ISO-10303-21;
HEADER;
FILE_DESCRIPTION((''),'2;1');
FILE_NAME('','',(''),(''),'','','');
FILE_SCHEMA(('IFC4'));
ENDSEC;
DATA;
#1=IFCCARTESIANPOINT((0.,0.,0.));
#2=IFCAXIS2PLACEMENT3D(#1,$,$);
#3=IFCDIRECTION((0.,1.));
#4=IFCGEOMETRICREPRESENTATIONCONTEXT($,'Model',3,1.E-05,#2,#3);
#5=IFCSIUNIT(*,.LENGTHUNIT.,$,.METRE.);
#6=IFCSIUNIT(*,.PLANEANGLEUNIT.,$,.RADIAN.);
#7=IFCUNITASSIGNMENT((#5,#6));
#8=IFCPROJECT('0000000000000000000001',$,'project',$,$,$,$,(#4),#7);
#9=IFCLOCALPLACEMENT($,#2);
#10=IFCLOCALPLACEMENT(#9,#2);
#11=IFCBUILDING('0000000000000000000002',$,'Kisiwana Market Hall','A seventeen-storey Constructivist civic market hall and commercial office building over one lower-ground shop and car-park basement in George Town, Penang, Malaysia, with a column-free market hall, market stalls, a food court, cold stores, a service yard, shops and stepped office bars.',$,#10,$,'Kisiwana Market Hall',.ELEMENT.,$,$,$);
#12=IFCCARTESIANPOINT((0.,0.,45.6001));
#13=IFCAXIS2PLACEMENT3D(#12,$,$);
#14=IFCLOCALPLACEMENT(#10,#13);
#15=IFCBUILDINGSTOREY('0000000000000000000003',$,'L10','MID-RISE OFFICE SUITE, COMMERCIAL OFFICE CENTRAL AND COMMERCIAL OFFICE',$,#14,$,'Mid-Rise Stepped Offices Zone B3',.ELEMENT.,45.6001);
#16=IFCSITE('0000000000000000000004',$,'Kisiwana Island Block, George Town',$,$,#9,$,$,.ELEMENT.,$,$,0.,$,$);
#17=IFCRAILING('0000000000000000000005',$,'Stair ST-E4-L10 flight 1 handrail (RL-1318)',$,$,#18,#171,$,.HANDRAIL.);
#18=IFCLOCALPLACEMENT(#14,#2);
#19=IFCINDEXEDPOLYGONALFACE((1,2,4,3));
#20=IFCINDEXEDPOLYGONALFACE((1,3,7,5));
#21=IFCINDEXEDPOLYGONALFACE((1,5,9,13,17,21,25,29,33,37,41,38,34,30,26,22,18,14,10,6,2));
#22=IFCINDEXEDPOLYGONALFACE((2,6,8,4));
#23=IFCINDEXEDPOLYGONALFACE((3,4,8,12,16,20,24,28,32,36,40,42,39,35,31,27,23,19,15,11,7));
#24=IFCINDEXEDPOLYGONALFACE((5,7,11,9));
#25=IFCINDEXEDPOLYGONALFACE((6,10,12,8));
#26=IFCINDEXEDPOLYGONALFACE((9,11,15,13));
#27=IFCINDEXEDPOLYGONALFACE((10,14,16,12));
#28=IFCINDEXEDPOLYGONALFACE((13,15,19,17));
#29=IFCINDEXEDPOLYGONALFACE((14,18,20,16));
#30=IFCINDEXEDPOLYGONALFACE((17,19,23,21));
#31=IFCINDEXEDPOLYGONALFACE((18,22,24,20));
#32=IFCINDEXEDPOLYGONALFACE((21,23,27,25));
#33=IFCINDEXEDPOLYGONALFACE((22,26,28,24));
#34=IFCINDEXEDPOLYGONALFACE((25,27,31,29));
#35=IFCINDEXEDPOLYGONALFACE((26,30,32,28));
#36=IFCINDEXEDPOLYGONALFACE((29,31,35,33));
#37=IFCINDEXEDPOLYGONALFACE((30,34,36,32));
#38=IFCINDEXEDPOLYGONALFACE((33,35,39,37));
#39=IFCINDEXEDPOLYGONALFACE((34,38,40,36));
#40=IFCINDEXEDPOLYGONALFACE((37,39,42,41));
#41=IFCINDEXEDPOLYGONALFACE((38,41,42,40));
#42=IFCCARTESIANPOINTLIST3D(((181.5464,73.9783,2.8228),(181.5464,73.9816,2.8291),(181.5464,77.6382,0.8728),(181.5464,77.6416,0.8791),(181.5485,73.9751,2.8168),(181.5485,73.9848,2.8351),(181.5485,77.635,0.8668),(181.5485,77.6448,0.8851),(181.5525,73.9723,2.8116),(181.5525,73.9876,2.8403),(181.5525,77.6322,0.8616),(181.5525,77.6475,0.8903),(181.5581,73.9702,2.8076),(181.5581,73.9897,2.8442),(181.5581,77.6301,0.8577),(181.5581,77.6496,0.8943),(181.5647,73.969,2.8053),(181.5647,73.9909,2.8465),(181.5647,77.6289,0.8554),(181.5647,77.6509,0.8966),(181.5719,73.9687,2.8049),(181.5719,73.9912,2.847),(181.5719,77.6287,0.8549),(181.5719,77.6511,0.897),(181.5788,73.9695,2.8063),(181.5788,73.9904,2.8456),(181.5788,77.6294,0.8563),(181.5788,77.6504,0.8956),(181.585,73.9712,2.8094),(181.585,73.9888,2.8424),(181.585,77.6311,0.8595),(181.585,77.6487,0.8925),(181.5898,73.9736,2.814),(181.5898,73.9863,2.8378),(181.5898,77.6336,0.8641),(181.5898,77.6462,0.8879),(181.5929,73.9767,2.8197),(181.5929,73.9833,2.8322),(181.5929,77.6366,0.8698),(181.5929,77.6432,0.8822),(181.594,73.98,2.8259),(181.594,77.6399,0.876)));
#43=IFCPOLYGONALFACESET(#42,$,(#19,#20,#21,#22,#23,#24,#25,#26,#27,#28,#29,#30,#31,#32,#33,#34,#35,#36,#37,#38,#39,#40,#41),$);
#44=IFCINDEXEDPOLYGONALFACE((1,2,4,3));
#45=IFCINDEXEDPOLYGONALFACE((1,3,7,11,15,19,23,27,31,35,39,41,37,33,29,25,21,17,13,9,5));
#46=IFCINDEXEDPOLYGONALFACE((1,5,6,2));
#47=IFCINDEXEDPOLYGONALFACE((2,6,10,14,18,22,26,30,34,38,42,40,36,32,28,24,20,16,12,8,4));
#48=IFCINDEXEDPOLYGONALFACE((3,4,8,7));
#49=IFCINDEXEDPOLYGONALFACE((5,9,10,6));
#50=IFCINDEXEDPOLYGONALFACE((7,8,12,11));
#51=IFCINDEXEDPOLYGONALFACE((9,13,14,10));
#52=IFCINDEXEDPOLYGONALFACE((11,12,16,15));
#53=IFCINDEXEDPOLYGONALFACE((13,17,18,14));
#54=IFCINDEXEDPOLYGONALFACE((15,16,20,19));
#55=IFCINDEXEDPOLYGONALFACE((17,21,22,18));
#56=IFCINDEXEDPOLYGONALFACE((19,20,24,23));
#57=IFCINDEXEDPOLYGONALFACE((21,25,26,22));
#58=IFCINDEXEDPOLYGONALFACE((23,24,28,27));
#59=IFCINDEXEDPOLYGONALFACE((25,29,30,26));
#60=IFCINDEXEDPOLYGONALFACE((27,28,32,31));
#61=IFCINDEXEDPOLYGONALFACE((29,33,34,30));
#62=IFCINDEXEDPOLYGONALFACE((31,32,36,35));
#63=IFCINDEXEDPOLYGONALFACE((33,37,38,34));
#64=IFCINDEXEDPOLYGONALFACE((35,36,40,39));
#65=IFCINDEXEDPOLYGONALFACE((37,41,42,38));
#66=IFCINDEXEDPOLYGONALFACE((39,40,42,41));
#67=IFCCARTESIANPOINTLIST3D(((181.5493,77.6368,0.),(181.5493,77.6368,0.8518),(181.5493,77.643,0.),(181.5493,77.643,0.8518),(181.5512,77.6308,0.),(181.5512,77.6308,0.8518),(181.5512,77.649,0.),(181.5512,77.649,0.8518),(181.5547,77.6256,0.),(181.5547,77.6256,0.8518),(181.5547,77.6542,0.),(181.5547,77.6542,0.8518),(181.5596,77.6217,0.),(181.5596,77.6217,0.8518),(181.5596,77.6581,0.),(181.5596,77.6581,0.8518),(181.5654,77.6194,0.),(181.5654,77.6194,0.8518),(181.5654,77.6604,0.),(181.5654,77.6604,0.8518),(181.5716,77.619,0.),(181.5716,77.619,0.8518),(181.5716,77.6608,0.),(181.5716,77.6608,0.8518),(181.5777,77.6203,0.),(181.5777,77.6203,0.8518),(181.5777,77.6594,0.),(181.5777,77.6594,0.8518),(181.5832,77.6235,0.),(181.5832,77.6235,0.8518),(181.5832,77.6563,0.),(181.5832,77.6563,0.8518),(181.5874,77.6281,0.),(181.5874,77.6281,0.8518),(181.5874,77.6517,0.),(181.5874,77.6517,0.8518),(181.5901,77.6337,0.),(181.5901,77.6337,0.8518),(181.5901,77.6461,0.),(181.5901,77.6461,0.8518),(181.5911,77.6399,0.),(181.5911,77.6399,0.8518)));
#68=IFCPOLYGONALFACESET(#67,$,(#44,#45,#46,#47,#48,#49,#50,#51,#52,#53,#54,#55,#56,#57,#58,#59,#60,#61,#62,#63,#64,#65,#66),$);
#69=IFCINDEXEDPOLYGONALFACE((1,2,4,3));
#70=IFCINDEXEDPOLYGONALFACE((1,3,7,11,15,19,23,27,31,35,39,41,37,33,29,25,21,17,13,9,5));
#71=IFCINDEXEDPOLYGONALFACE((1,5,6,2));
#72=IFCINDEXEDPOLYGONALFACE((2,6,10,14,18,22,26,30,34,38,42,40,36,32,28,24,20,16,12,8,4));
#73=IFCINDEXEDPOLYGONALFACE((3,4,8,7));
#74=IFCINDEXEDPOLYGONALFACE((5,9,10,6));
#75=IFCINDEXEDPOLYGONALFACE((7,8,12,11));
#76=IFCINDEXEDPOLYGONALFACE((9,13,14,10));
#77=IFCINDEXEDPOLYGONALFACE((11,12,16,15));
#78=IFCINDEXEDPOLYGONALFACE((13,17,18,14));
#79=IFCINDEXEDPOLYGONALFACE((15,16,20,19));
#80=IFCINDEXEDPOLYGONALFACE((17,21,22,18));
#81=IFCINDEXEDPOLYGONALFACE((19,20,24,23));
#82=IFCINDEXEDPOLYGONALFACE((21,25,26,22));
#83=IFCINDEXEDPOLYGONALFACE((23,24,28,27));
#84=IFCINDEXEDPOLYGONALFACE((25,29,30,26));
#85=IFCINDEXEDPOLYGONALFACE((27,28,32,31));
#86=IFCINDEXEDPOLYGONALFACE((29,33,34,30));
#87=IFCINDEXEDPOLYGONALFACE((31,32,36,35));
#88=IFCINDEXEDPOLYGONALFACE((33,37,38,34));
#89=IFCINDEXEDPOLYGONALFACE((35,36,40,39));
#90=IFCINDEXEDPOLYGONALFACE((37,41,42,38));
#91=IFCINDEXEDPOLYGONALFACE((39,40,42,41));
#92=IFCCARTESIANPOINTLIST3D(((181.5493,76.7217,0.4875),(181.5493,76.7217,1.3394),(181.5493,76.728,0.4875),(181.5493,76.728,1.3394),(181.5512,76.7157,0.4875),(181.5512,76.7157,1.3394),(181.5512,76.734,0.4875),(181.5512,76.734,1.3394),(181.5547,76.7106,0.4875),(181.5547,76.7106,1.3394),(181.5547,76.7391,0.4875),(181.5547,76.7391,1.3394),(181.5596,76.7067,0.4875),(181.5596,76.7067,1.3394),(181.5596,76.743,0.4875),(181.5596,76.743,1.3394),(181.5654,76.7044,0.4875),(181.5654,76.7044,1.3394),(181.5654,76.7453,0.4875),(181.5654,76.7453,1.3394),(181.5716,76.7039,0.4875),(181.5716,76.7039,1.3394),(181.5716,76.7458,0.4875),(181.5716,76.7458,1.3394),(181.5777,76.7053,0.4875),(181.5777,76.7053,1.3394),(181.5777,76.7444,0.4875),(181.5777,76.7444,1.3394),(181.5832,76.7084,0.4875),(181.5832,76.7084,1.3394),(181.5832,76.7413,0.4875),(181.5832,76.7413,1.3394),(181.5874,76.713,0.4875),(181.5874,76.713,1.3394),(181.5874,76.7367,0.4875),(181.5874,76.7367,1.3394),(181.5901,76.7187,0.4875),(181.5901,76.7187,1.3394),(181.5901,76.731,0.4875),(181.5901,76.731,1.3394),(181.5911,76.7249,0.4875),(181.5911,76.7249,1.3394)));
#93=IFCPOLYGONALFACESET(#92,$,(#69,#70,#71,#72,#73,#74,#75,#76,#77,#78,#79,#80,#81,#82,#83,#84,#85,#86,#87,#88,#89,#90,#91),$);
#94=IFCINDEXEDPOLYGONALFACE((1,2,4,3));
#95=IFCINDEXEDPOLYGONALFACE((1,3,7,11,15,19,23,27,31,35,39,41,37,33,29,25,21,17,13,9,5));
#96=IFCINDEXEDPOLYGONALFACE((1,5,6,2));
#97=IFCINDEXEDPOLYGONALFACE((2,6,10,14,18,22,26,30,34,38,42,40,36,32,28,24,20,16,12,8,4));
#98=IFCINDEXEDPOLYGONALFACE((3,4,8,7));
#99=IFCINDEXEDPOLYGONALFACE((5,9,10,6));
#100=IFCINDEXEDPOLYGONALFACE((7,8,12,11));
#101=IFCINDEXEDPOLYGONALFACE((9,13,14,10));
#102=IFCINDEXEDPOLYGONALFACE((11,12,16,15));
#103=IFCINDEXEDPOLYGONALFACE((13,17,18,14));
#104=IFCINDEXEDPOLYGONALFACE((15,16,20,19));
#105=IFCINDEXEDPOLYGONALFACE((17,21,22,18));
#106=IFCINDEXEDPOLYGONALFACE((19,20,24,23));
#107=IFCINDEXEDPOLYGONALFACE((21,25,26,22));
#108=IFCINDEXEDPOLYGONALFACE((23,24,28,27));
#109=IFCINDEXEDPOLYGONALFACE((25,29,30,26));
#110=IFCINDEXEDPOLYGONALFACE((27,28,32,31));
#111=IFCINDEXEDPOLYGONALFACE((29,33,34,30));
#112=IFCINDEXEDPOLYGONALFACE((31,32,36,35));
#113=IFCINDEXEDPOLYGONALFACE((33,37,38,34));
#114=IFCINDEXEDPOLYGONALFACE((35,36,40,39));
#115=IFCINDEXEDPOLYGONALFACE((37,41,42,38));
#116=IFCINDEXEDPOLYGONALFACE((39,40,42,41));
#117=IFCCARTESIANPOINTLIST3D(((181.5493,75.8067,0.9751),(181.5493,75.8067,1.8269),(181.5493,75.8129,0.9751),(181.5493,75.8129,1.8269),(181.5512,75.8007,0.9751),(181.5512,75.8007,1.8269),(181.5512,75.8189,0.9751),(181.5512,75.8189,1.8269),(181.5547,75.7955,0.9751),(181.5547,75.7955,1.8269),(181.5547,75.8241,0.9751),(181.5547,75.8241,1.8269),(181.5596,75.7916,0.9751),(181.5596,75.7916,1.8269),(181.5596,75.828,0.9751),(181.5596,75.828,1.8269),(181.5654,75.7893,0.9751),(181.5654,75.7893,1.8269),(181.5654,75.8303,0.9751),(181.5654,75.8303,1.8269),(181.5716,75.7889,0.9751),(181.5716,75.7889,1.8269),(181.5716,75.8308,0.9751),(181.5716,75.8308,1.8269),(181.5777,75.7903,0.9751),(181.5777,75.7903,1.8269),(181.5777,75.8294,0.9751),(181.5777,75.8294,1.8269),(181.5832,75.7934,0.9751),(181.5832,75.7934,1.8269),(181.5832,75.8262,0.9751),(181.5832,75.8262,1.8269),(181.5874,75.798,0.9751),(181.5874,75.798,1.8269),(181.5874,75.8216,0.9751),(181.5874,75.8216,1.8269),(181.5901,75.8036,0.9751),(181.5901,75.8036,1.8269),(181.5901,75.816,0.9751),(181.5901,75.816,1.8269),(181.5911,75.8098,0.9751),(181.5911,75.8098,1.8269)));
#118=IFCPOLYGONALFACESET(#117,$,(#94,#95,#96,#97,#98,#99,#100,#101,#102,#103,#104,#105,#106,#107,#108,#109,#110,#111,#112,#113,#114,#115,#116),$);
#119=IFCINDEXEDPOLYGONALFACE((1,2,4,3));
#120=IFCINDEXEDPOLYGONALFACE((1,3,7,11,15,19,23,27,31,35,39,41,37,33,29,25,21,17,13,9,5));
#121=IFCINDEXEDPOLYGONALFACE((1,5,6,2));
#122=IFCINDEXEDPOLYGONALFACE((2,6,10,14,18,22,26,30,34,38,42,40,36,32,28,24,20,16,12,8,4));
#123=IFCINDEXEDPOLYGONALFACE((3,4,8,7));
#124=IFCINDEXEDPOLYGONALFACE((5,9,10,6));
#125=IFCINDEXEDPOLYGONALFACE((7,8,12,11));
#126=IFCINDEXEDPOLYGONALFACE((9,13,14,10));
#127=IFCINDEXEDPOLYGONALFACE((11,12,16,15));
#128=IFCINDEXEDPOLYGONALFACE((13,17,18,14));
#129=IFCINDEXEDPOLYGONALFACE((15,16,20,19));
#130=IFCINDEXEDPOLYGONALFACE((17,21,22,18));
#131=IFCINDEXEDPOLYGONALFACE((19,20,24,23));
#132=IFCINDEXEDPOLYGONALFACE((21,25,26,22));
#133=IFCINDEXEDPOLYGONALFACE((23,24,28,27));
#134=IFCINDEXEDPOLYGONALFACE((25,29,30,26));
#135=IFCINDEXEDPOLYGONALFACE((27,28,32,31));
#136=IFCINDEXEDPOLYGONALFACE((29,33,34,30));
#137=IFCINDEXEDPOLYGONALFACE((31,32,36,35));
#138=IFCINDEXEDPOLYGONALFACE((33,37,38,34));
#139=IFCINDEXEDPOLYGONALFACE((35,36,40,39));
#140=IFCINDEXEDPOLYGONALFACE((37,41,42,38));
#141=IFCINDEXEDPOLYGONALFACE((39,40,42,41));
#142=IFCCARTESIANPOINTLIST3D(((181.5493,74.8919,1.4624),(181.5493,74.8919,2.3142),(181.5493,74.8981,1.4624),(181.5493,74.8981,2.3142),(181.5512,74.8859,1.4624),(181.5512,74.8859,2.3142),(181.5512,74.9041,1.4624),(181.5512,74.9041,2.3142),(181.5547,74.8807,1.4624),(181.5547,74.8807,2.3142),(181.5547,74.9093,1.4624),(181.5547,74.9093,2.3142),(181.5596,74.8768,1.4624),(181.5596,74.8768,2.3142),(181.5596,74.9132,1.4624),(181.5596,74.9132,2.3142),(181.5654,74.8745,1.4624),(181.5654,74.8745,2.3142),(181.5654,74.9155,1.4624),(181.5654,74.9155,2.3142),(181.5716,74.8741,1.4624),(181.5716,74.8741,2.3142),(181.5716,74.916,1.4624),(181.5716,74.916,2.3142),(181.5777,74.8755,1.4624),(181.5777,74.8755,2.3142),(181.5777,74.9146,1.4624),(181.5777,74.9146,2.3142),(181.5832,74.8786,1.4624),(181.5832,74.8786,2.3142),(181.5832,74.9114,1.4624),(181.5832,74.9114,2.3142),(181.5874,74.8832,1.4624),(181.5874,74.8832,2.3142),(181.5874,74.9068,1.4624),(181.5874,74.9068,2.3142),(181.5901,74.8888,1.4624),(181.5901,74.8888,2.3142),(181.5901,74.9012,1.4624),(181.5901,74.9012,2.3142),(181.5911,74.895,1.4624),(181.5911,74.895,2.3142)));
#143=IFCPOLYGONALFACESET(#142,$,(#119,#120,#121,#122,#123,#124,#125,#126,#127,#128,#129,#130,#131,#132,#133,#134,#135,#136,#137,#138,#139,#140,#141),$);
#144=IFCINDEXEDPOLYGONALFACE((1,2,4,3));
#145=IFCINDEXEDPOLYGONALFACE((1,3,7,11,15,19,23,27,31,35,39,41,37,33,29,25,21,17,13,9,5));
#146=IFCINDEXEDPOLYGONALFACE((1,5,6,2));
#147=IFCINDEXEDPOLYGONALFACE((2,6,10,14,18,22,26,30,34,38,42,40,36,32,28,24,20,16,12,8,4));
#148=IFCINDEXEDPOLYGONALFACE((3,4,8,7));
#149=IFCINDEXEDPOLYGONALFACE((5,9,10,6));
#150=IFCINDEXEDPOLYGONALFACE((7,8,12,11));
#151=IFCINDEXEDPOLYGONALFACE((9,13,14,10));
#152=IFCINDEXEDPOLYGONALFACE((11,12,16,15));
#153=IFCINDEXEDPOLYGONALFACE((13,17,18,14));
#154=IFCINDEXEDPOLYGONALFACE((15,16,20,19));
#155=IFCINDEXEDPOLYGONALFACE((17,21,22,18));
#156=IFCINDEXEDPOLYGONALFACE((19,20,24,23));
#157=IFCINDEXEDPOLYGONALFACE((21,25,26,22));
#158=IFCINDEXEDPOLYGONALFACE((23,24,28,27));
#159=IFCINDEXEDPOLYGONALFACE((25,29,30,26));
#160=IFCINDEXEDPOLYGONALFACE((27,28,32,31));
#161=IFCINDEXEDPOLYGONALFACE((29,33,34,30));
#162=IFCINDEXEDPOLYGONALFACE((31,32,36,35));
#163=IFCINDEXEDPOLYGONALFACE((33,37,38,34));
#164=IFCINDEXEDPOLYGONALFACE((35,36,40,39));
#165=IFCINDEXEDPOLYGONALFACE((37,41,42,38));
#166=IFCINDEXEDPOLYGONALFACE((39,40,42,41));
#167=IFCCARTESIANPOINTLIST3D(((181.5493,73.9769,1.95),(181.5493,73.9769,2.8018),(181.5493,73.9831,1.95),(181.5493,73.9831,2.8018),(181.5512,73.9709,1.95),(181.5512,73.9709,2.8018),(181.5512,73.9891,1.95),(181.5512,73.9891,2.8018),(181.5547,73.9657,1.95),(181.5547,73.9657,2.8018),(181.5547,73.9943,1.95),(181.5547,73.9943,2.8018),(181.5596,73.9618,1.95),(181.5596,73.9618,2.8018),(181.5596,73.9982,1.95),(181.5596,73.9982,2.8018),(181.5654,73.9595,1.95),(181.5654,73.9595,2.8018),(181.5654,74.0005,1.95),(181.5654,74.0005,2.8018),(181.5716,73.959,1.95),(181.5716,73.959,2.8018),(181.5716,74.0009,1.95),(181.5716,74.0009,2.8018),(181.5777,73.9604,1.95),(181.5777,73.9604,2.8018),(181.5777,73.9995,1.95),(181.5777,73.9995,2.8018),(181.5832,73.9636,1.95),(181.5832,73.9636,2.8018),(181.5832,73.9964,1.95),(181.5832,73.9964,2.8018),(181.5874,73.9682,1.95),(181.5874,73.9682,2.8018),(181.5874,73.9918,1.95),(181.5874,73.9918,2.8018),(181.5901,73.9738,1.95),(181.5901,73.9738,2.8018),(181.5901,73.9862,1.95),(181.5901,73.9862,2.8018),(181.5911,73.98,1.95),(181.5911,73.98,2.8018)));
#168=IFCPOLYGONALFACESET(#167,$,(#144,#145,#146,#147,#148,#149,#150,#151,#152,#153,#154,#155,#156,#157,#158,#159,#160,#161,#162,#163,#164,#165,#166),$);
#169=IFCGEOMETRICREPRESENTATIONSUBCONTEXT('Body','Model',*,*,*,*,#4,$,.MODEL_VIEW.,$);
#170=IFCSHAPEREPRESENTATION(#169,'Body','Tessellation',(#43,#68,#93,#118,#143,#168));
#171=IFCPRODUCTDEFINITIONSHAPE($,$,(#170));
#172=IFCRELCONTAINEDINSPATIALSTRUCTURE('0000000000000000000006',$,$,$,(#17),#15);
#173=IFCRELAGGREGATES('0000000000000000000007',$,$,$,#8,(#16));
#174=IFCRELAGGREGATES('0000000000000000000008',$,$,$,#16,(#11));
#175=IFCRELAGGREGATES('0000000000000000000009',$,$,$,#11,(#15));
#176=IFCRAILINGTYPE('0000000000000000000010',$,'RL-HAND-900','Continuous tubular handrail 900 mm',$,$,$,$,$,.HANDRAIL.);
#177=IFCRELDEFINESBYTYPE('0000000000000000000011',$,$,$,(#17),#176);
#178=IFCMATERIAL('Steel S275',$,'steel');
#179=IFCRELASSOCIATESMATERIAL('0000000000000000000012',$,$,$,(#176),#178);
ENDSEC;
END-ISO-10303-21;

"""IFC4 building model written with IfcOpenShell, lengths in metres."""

from ifc_helpers import new_model, si_unit, direction, frame, origin, origin_2d, place, context, subcontext, project, spatial, circle, extrude, material, type_object, element, save


model = new_model("IFC4")

# Units and contexts
model_context = context("Model", 3, precision=1e-05, world=origin(), true_north=direction((0.0, 1.0)))
body_context = subcontext(model_context, "Body", "Model", "MODEL_VIEW")
ifc_project = project(units=[si_unit("LENGTHUNIT", "METRE"), si_unit("PLANEANGLEUNIT", "RADIAN")], contexts=[model_context])

# Site, building, storey
site_placement = place(None, origin())
site = spatial("IfcSite", under=ifc_project, at=site_placement, Name="Kisiwana Island Block, George Town", CompositionType="ELEMENT", RefElevation=0.0)
building_placement = place(site_placement, origin())
building = spatial("IfcBuilding", under=site, at=building_placement, Name="Kisiwana Market Hall", Description="A seventeen-storey Constructivist civic market hall and commercial office building over one lower-ground shop and car-park basement in George Town, Penang, Malaysia, with a column-free market hall, market stalls, a food court, cold stores, a service yard, shops and stepped office bars.", LongName="Kisiwana Market Hall", CompositionType="ELEMENT")
storey_placement = place(building_placement, frame((0.0, 0.0, 45.6001)))
storey = spatial("IfcBuildingStorey", under=building, at=storey_placement, Name="L10", Description="MID-RISE OFFICE SUITE, COMMERCIAL OFFICE CENTRAL AND COMMERCIAL OFFICE", LongName="Mid-Rise Stepped Offices Zone B3", CompositionType="ELEMENT", Elevation=45.6001)

# Railing
ifc_material_1 = material(Name="Steel S275", Category="steel")
railing_type_1 = type_object("IfcRailingType", Name="RL-HAND-900", Description="Continuous tubular handrail 900 mm", PredefinedType="HANDRAIL", material=ifc_material_1)
railing_1_placement = place(storey_placement, frame((181.5701, 77.6399, 0.0)))
element("IfcRailing", 1, at=railing_1_placement, inside=storey, type_object=railing_type_1, Name="Stair ST-E4-L10 flight 1 handrail (RL-1318)", PredefinedType="HANDRAIL", context=body_context, shape_type="SweptSolid", body=[
    extrude(circle(Radius=0.0239, at=origin_2d()), frame((0.0, 0.0, 0.876), z_axis=(0.0, -0.882553, 0.470212), x_axis=(1.0, 0.0, 0.0)), (0.0, 0.0, 1.0), 4.147),
    extrude(circle(Radius=0.021, at=origin_2d()), origin(), (0.0, 0.0, 1.0), 0.8518),
    extrude(circle(Radius=0.021, at=origin_2d()), frame((0.0, -0.915, 0.4875)), (0.0, 0.0, 1.0), 0.8518),
    extrude(circle(Radius=0.021, at=origin_2d()), frame((0.0, -1.8301, 0.9751)), (0.0, 0.0, 1.0), 0.8518),
    extrude(circle(Radius=0.021, at=origin_2d()), frame((0.0, -2.7449, 1.4624)), (0.0, 0.0, 1.0), 0.8518),
    extrude(circle(Radius=0.021, at=origin_2d()), frame((0.0, -3.6599, 1.95)), (0.0, 0.0, 1.0), 0.8518),
])

save(model, "model.ifc")
